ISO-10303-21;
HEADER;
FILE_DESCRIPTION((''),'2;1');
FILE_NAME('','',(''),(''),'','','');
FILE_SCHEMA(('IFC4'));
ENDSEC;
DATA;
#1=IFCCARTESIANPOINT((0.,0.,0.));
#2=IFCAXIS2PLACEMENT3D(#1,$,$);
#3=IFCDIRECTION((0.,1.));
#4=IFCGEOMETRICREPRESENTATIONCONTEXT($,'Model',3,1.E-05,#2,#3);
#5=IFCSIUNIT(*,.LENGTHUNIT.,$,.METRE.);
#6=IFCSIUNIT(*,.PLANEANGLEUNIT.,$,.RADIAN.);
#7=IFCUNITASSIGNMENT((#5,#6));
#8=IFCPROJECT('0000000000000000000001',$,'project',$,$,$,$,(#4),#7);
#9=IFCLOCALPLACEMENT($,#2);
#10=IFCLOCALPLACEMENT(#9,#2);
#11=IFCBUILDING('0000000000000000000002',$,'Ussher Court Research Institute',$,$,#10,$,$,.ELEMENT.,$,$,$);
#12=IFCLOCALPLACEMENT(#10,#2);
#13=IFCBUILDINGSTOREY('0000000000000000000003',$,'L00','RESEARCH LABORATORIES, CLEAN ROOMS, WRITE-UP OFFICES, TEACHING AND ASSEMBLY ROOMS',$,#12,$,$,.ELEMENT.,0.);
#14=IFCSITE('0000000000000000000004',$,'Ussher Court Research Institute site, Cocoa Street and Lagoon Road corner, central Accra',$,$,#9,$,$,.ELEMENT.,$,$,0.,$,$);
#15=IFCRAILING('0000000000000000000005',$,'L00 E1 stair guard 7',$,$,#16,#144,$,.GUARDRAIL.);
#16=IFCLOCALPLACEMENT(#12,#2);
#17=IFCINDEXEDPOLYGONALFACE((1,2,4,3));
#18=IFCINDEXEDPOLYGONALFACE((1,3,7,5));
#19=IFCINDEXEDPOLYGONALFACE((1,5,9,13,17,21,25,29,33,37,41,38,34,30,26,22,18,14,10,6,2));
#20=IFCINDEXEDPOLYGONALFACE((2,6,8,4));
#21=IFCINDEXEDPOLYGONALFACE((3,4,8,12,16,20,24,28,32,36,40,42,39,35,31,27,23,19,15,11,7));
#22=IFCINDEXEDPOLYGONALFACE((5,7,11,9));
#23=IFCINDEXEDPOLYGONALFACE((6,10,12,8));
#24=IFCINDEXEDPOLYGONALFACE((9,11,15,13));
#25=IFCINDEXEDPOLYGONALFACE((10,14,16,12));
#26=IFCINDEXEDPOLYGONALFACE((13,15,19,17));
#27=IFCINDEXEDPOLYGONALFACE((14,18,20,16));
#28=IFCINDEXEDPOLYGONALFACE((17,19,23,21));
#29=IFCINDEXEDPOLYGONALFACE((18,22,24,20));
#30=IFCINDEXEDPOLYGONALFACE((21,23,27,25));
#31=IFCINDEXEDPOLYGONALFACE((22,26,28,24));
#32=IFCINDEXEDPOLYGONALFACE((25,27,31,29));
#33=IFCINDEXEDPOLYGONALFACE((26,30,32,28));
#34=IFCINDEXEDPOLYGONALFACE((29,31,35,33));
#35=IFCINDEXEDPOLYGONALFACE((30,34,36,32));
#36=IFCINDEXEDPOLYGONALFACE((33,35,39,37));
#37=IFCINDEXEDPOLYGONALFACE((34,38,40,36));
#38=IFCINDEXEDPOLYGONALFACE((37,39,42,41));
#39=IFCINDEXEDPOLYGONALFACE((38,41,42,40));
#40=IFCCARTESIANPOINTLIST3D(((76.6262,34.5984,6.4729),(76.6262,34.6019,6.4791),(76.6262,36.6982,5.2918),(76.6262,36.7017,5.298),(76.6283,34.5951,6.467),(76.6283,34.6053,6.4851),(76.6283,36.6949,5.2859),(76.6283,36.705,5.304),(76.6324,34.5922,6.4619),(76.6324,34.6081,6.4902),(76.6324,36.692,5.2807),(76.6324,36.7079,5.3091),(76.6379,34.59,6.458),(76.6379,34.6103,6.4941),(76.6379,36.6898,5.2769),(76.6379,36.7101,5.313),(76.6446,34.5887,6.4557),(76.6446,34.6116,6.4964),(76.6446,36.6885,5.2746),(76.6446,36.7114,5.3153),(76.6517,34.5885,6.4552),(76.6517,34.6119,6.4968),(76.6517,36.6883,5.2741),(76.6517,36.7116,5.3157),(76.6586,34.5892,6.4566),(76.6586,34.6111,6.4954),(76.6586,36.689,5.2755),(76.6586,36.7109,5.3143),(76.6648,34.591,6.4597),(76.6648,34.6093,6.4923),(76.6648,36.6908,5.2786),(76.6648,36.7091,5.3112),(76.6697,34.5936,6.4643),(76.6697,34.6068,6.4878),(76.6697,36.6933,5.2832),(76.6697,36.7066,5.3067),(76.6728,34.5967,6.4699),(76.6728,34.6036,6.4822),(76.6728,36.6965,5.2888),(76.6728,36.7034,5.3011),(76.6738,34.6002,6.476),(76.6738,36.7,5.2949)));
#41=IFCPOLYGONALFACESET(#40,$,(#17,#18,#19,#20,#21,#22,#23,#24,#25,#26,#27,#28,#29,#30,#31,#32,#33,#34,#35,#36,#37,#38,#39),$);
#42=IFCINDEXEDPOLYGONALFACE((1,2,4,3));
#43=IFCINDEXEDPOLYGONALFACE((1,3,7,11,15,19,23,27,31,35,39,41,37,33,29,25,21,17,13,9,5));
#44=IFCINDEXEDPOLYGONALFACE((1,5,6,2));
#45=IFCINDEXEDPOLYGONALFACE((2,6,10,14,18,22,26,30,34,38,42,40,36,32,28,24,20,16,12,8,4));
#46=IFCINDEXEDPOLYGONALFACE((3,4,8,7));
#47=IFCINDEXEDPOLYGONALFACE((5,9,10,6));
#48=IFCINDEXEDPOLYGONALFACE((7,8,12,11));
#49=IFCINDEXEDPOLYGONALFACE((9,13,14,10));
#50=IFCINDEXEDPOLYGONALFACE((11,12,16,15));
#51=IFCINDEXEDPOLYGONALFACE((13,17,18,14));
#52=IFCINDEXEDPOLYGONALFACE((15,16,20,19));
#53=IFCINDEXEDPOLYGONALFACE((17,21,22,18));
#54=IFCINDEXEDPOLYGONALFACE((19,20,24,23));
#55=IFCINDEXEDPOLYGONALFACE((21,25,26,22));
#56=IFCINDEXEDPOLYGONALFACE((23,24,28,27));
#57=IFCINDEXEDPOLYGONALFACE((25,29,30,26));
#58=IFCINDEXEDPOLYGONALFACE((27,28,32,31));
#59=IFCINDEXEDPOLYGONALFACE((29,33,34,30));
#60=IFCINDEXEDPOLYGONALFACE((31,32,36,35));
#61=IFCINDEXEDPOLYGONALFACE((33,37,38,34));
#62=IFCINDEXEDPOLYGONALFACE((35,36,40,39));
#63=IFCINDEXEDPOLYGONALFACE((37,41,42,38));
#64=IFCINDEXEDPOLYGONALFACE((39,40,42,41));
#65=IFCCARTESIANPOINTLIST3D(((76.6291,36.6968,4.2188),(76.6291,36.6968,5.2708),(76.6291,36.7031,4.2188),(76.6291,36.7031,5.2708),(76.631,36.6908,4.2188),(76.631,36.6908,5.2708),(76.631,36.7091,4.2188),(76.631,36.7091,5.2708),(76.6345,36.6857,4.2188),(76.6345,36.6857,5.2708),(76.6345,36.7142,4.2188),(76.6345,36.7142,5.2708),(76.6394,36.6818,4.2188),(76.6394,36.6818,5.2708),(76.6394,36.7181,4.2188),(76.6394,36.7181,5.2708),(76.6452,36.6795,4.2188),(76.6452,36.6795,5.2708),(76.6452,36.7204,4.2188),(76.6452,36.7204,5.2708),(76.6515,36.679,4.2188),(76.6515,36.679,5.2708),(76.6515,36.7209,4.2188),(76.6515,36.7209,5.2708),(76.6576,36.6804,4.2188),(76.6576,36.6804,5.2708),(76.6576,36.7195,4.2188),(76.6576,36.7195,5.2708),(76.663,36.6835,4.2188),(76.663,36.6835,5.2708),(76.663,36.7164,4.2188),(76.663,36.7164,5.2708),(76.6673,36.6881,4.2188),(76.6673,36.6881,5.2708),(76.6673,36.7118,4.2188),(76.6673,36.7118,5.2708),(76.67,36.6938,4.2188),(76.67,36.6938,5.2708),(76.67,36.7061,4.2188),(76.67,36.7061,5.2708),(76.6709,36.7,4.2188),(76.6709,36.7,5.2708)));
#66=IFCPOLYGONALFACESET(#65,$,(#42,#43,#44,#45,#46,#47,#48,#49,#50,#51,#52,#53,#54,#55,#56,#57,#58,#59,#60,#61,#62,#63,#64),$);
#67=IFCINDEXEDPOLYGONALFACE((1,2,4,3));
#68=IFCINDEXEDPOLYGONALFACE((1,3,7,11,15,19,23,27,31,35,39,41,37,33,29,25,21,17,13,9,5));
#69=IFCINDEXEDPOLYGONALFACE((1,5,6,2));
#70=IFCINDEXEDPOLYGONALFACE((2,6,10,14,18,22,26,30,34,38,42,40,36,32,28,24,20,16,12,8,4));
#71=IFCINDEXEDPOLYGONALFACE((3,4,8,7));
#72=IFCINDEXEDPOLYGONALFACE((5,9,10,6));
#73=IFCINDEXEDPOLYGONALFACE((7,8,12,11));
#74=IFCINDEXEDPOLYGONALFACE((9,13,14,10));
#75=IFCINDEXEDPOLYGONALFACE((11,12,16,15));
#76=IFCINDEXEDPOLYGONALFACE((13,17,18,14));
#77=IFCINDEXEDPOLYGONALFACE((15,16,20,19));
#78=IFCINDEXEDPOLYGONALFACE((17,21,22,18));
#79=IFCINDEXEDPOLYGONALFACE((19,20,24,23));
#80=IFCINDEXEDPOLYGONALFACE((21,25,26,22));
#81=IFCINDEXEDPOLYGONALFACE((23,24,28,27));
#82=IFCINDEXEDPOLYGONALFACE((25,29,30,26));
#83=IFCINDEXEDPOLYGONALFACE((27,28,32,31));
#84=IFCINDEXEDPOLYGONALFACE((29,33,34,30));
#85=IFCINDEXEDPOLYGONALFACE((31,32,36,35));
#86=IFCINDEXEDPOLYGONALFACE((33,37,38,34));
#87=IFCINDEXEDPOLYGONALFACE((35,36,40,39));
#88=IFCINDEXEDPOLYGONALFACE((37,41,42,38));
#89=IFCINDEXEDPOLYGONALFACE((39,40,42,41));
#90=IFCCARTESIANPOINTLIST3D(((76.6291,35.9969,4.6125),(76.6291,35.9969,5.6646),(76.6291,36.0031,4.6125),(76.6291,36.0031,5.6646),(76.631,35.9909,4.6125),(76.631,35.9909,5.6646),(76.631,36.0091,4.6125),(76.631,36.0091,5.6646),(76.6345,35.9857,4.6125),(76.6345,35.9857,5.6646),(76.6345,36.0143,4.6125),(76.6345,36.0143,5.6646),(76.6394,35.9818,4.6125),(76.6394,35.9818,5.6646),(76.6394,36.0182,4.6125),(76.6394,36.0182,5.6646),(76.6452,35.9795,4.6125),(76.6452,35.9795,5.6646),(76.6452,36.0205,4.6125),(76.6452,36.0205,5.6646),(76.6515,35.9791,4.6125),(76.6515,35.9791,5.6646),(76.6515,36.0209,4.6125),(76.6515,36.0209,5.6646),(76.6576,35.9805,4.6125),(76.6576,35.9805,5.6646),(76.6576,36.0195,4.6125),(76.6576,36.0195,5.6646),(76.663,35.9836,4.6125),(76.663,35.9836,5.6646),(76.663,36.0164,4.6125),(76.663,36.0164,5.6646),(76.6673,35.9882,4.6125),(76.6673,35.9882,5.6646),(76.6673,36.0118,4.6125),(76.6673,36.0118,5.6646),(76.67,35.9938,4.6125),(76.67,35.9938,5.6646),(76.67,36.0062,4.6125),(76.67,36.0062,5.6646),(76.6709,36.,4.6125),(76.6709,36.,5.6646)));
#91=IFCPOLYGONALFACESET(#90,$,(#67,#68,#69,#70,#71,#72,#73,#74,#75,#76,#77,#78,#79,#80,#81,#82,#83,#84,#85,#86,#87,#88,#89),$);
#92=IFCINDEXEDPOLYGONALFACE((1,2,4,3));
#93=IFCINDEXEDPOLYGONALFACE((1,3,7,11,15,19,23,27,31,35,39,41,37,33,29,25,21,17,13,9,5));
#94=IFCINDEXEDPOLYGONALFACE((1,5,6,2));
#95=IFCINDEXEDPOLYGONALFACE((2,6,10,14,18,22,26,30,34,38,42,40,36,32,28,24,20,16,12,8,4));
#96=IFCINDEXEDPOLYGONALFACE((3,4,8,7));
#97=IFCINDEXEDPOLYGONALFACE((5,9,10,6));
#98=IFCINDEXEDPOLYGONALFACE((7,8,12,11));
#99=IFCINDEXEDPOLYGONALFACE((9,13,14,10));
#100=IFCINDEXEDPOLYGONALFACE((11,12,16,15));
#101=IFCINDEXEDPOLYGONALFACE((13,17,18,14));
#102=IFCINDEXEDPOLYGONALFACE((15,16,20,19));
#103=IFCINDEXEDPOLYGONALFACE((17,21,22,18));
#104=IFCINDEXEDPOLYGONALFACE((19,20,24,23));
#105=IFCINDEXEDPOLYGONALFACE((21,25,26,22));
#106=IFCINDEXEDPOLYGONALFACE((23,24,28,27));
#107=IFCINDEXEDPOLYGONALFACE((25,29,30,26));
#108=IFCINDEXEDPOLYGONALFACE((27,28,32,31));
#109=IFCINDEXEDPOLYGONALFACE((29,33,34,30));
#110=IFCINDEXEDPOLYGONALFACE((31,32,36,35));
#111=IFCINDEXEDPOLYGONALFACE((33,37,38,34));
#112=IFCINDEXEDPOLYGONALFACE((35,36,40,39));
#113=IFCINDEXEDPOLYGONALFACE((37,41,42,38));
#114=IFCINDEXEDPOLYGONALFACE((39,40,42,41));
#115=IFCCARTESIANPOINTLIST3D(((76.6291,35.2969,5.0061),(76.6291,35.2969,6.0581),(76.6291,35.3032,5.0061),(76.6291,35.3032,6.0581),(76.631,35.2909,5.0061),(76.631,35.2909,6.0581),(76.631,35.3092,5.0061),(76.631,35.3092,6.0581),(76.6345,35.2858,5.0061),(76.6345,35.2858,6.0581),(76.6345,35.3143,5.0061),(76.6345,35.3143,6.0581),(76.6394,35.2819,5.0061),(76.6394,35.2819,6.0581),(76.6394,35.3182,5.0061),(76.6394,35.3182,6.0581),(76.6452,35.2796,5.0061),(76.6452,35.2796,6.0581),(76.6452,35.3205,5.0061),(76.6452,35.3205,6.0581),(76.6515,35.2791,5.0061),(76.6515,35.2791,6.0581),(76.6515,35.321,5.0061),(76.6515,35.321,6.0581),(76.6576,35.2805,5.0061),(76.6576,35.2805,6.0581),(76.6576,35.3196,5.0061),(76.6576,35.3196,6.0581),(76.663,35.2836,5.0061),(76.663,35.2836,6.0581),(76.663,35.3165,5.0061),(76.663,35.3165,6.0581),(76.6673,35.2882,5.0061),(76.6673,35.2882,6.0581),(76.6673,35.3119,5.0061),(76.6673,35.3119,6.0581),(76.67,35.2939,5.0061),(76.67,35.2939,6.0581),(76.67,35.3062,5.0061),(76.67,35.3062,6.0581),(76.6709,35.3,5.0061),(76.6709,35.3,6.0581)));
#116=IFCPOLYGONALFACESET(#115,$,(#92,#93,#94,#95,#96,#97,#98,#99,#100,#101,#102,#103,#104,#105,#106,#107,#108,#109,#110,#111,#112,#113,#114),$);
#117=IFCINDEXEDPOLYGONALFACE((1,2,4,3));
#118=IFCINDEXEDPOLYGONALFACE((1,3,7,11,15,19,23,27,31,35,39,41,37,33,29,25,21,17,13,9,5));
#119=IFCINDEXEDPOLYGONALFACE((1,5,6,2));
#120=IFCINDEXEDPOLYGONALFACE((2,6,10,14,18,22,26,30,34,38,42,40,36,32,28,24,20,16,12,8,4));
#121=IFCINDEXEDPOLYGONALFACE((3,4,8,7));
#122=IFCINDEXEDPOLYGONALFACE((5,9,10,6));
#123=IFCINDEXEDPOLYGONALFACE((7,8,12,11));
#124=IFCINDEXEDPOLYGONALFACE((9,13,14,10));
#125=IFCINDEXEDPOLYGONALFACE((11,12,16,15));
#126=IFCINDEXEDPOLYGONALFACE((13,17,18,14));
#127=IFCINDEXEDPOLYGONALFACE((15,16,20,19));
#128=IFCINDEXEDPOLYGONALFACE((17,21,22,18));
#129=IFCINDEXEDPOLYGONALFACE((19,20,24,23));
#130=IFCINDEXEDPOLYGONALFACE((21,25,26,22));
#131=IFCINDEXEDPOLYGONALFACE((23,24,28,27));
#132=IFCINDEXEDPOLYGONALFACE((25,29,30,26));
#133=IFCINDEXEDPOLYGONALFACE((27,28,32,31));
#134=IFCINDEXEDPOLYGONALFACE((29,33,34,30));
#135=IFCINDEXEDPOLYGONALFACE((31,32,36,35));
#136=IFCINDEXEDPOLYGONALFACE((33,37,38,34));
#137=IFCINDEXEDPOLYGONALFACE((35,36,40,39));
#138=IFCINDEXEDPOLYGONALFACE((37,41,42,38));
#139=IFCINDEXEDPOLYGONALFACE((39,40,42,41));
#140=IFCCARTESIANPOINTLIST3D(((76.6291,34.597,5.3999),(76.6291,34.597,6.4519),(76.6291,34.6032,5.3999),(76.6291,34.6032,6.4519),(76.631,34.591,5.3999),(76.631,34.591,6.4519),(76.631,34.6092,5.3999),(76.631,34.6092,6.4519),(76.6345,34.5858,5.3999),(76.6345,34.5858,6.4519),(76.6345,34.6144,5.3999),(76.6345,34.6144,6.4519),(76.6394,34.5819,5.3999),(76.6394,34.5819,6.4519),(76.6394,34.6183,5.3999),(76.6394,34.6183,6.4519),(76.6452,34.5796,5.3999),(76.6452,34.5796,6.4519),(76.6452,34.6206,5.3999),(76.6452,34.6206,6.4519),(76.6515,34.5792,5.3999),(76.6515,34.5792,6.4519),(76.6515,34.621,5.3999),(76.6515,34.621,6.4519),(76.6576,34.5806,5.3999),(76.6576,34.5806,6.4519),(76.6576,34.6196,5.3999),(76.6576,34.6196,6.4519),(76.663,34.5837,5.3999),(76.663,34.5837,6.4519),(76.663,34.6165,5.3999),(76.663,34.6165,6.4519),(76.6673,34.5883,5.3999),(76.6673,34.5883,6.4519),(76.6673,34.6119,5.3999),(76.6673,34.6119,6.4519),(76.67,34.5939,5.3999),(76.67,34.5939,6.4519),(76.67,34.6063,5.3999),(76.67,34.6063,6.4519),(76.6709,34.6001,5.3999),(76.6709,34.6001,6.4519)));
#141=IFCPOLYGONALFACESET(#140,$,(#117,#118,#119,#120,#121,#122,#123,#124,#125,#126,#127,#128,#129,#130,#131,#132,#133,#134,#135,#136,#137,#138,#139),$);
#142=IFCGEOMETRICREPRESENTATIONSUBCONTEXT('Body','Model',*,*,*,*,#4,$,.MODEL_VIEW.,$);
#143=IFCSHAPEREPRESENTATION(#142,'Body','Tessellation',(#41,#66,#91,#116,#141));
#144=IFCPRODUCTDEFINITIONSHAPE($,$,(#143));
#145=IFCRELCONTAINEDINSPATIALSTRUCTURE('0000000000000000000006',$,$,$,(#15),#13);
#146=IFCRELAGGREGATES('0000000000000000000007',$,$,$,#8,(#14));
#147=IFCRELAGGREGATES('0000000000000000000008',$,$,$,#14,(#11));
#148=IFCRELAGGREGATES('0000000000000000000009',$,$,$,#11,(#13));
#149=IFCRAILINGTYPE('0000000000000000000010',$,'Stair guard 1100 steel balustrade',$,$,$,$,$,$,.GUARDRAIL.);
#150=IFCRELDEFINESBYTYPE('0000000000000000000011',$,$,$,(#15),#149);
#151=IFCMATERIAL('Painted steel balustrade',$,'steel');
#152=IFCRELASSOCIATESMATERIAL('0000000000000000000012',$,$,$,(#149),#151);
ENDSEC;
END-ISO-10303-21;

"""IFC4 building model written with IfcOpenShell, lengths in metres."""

from ifc_helpers import new_model, si_unit, direction, frame, origin, origin_2d, place, context, subcontext, project, spatial, circle, extrude, material, type_object, element, save


model = new_model("IFC4")

# Units and contexts
model_context = context("Model", 3, precision=1e-05, world=origin(), true_north=direction((0.0, 1.0)))
body_context = subcontext(model_context, "Body", "Model", "MODEL_VIEW")
ifc_project = project(units=[si_unit("LENGTHUNIT", "METRE"), si_unit("PLANEANGLEUNIT", "RADIAN")], contexts=[model_context])

# Site, building, storey
site_placement = place(None, origin())
site = spatial("IfcSite", under=ifc_project, at=site_placement, Name="Ussher Court Research Institute site, Cocoa Street and Lagoon Road corner, central Accra", CompositionType="ELEMENT", RefElevation=0.0)
building_placement = place(site_placement, origin())
building = spatial("IfcBuilding", under=site, at=building_placement, Name="Ussher Court Research Institute", CompositionType="ELEMENT")
storey_placement = place(building_placement, origin())
storey = spatial("IfcBuildingStorey", under=building, at=storey_placement, Name="L00", Description="RESEARCH LABORATORIES, CLEAN ROOMS, WRITE-UP OFFICES, TEACHING AND ASSEMBLY ROOMS", CompositionType="ELEMENT", Elevation=0.0)

# Railing
ifc_material_1 = material(Name="Painted steel balustrade", Category="steel")
railing_type_1 = type_object("IfcRailingType", Name="Stair guard 1100 steel balustrade", PredefinedType="GUARDRAIL", material=ifc_material_1)
railing_1_placement = place(storey_placement, frame((76.6499, 36.7, 4.2188)))
element("IfcRailing", 1, at=railing_1_placement, inside=storey, type_object=railing_type_1, Name="L00 E1 stair guard 7", PredefinedType="GUARDRAIL", context=body_context, shape_type="SweptSolid", body=[
    extrude(circle(Radius=0.0239, at=origin_2d()), frame((0.0, 0.0, 1.0762), z_axis=(0.0, -0.871578, 0.490256), x_axis=(1.0, 0.0, 0.0)), (0.0, 0.0, 1.0), 2.4092),
    extrude(circle(Radius=0.021, at=origin_2d()), origin(), (0.0, 0.0, 1.0), 1.052),
    extrude(circle(Radius=0.021, at=origin_2d()), frame((0.0, -0.7, 0.3938)), (0.0, 0.0, 1.0), 1.052),
    extrude(circle(Radius=0.021, at=origin_2d()), frame((0.0, -1.3999, 0.7874)), (0.0, 0.0, 1.0), 1.052),
    extrude(circle(Radius=0.021, at=origin_2d()), frame((0.0, -2.0999, 1.1812)), (0.0, 0.0, 1.0), 1.052),
])

save(model, "model.ifc")
